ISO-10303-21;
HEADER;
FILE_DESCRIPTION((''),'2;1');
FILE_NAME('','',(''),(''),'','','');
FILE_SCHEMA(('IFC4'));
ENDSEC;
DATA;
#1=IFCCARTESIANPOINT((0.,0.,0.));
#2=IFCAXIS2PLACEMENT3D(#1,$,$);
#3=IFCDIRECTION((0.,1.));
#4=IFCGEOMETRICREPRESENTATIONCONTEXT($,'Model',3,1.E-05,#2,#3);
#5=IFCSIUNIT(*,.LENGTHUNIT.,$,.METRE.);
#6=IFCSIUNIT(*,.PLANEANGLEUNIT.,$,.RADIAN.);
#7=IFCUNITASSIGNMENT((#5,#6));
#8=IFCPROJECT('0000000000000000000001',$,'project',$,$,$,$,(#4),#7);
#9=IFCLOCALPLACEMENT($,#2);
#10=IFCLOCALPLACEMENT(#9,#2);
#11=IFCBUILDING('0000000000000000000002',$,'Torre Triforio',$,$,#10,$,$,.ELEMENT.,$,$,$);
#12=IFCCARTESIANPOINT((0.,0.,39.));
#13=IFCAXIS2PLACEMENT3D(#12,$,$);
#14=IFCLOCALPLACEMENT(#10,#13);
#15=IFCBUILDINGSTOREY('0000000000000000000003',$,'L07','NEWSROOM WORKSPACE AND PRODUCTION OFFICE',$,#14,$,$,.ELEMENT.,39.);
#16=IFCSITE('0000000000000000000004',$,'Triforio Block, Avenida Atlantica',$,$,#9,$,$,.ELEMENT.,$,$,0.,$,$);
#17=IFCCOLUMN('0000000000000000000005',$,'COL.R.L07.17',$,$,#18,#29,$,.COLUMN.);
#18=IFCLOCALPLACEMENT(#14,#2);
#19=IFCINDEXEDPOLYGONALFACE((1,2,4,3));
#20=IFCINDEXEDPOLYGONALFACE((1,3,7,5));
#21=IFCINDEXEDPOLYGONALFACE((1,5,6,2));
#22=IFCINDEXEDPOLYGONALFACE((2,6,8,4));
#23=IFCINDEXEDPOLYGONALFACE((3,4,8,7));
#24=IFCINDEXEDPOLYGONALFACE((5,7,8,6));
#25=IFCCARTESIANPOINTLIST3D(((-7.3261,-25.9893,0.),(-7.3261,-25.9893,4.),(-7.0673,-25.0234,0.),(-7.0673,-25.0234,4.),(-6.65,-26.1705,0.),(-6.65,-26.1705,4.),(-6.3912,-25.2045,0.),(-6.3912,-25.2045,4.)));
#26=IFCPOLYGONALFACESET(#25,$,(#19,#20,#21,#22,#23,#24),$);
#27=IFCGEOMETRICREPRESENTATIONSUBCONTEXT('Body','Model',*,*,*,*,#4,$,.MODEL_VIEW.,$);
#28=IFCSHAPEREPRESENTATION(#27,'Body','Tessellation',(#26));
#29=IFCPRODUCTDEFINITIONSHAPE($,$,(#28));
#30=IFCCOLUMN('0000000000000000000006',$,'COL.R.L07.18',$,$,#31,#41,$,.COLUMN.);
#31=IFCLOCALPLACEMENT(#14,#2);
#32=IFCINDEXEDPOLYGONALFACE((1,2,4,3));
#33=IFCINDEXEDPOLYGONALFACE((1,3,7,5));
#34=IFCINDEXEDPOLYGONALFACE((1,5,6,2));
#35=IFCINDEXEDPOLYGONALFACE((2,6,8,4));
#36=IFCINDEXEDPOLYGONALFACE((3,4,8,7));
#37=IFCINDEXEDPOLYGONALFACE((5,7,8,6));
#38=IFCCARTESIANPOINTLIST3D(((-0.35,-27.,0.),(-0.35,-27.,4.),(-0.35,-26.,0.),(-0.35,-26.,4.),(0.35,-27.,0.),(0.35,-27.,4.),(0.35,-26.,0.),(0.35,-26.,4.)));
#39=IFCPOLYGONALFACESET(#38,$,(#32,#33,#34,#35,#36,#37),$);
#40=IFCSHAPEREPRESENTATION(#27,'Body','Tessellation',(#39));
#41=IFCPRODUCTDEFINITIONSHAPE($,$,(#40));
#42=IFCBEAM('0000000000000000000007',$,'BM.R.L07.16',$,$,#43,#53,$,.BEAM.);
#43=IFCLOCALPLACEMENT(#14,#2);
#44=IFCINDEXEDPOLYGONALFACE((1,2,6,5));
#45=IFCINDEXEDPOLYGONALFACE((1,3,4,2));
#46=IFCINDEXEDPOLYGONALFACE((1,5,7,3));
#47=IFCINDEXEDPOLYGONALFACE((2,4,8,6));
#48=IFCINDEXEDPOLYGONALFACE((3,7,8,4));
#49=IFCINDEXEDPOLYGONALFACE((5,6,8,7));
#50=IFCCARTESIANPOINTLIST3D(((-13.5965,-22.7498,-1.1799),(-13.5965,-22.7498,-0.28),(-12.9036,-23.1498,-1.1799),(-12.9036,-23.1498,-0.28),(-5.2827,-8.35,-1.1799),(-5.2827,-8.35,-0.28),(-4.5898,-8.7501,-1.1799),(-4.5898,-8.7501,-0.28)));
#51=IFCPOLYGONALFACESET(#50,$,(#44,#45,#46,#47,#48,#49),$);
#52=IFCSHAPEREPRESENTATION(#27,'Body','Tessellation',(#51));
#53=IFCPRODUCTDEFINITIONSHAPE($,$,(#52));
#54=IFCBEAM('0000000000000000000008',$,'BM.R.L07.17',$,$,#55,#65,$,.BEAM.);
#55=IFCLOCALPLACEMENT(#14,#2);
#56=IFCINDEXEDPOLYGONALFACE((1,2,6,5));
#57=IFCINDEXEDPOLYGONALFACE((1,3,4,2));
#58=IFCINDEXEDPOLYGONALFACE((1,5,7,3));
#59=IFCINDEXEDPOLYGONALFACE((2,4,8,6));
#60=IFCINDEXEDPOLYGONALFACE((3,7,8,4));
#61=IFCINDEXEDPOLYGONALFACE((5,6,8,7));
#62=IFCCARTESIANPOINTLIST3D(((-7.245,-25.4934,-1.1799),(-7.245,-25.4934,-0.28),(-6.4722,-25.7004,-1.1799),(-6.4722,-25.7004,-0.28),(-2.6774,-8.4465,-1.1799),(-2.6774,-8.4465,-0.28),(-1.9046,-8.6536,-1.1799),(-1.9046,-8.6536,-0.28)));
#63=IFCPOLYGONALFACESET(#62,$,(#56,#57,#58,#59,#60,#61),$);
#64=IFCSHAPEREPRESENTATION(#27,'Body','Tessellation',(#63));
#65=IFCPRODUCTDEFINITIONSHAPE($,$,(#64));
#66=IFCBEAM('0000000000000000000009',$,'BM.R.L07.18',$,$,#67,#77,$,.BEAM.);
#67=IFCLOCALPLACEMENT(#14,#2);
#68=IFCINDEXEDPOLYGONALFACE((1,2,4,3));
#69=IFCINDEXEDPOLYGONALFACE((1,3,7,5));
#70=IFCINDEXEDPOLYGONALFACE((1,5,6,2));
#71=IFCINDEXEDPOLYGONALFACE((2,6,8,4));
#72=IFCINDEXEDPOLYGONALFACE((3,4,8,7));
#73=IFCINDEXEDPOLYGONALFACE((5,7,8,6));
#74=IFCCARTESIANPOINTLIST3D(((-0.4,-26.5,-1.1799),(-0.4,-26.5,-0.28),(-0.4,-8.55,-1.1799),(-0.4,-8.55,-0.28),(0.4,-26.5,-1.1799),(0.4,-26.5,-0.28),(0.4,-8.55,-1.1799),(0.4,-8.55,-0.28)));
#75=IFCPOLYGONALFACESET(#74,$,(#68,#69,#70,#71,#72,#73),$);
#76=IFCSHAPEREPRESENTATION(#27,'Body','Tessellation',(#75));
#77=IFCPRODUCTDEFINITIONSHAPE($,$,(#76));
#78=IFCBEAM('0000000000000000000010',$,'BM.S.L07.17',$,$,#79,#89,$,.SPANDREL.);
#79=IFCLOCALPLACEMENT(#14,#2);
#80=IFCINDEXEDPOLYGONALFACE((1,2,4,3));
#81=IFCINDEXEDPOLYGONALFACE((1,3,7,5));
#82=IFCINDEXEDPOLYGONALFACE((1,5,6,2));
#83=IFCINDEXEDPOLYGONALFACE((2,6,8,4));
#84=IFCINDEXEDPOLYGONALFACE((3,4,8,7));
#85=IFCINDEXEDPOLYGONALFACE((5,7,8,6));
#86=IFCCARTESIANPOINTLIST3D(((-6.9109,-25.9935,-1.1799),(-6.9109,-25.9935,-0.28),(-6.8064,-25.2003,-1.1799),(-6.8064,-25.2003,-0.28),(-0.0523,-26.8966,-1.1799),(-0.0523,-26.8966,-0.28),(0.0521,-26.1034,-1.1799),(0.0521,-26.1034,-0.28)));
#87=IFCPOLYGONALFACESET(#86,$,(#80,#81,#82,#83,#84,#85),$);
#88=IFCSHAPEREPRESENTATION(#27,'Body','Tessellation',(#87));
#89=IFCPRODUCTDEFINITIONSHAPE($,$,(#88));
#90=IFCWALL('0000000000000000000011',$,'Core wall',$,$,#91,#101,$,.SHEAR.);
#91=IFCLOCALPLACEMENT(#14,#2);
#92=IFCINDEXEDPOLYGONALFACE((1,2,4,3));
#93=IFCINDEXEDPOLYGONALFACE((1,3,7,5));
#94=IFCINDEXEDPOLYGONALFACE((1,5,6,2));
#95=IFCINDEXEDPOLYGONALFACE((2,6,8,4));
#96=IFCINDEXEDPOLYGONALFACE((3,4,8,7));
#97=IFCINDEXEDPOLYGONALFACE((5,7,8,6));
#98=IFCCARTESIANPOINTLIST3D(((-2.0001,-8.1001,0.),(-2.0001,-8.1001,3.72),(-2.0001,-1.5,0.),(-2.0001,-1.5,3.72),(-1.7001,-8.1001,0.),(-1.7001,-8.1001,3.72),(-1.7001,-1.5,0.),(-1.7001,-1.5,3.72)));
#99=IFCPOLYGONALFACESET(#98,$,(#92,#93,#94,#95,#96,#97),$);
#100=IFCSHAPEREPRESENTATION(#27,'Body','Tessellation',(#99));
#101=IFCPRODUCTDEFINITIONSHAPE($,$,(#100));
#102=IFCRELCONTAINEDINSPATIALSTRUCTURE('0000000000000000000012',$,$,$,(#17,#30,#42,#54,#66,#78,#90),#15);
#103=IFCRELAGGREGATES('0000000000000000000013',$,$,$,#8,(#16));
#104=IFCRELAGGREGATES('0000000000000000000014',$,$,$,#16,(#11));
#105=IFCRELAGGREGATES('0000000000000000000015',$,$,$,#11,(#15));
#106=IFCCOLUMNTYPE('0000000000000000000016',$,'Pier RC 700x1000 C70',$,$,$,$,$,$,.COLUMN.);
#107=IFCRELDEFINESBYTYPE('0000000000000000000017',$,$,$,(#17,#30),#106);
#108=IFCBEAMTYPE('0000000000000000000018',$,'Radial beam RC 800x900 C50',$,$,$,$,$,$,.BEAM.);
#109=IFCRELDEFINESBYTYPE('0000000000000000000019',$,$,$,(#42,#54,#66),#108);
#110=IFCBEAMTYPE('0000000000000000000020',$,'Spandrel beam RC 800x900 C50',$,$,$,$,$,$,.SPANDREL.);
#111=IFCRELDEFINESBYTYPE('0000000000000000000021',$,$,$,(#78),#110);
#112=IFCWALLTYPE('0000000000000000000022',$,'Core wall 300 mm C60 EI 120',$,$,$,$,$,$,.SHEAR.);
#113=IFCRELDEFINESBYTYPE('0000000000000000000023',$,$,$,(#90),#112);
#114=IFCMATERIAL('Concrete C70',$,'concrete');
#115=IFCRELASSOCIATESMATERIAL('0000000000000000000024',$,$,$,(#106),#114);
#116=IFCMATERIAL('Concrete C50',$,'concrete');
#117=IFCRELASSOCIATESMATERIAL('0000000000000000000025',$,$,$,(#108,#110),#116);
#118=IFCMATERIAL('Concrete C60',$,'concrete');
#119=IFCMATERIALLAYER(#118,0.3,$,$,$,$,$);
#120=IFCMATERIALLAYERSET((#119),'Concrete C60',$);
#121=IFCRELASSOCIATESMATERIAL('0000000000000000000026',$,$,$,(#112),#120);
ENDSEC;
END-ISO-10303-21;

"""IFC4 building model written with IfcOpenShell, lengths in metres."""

from ifc_helpers import new_model, si_unit, direction, frame, frame_2d, origin, origin_2d, place, context, subcontext, project, spatial, rectangle, extrude, material, layer, layer_set, material_profile, profile_set, type_object, element, save


model = new_model("IFC4")

# Units and contexts
model_context = context("Model", 3, precision=1e-05, world=origin(), true_north=direction((0.0, 1.0)))
body_context = subcontext(model_context, "Body", "Model", "MODEL_VIEW")
ifc_project = project(units=[si_unit("LENGTHUNIT", "METRE"), si_unit("PLANEANGLEUNIT", "RADIAN")], contexts=[model_context])

# Site, building, storey
site_placement = place(None, origin())
site = spatial("IfcSite", under=ifc_project, at=site_placement, Name="Triforio Block, Avenida Atlantica", CompositionType="ELEMENT", RefElevation=0.0)
building_placement = place(site_placement, origin())
building = spatial("IfcBuilding", under=site, at=building_placement, Name="Torre Triforio", CompositionType="ELEMENT")
storey_placement = place(building_placement, frame((0.0, 0.0, 39.0)))
storey = spatial("IfcBuildingStorey", under=building, at=storey_placement, Name="L07", Description="NEWSROOM WORKSPACE AND PRODUCTION OFFICE", CompositionType="ELEMENT", Elevation=39.0)

# Columns
ifc_material_1 = material(Name="Concrete C70", Category="concrete")
ifc_material_profile_1 = material_profile(ifc_material_1, rectangle(XDim=0.7, YDim=1.0, at=origin_2d()), Name="RC 700x1000")
ifc_profile_set_1 = profile_set([ifc_material_profile_1], Name="Concrete C70")
column_type = type_object("IfcColumnType", Name="Pier RC 700x1000 C70", PredefinedType="COLUMN", material=ifc_profile_set_1)
for number, where, z_axis, x_axis, name in (
    (1, (-6.8586, -25.5969, 0.0), (0.0, 0.0, 1.0), (0.965926, -0.258819, 0.0), "COL.R.L07.17"),
    (2, (0.0, -26.5, 0.0), (0.0, 0.0, 1.0), (1.0, 0.0, 0.0), "COL.R.L07.18"),
):
    element("IfcColumn", number, at=place(storey_placement, frame(where, z_axis=z_axis, x_axis=x_axis)), inside=storey, type_object=column_type, Name=name, PredefinedType="COLUMN", context=body_context, shape_type="SweptSolid", body=[
        extrude(rectangle(XDim=0.7, YDim=1.0, at=origin_2d()), origin(), (0.0, 0.0, 1.0), 4.0),
    ])

# Beams
ifc_material_2 = material(Name="Concrete C50", Category="concrete")
ifc_material_profile_2 = material_profile(ifc_material_2, rectangle(XDim=0.8, YDim=0.8999, at=origin_2d()), Name="RC 800x900")
ifc_profile_set_2 = profile_set([ifc_material_profile_2], Name="Concrete C50")
beam_type_1 = type_object("IfcBeamType", Name="Radial beam RC 800x900 C50", PredefinedType="BEAM", material=ifc_profile_set_2)
beam_1_placement = place(storey_placement, frame((-4.9363, -8.55, -0.73), z_axis=(-0.500003, -0.866023, 0.0), x_axis=(0.866023, -0.500003, 0.0)))
element("IfcBeam", 3, at=beam_1_placement, inside=storey, type_object=beam_type_1, Name="BM.R.L07.16", PredefinedType="BEAM", context=body_context, shape_type="SweptSolid", body=[
    extrude(rectangle(XDim=0.8, YDim=0.8999, at=origin_2d()), origin(), (0.0, 0.0, 1.0), 16.6274),
])
beam_2_placement = place(storey_placement, frame((-2.291, -8.55, -0.73), z_axis=(-0.258815, -0.965927, 0.0), x_axis=(0.965927, -0.258815, 0.0)))
element("IfcBeam", 4, at=beam_2_placement, inside=storey, type_object=beam_type_1, Name="BM.R.L07.17", PredefinedType="BEAM", context=body_context, shape_type="SweptSolid", body=[
    extrude(rectangle(XDim=0.8, YDim=0.8999, at=origin_2d()), origin(), (0.0, 0.0, 1.0), 17.6482),
])
beam_3_placement = place(storey_placement, frame((0.0, -8.55, -0.73), z_axis=(0.0, -1.0, 0.0), x_axis=(1.0, 0.0, 0.0)))
element("IfcBeam", 5, at=beam_3_placement, inside=storey, type_object=beam_type_1, Name="BM.R.L07.18", PredefinedType="BEAM", context=body_context, shape_type="SweptSolid", body=[
    extrude(rectangle(XDim=0.8, YDim=0.8999, at=origin_2d()), origin(), (0.0, 0.0, 1.0), 17.95),
])
ifc_material_profile_3 = material_profile(ifc_material_2, rectangle(XDim=0.8, YDim=0.8999, at=origin_2d()), Name="RC 800x900")
ifc_profile_set_3 = profile_set([ifc_material_profile_3], Name="Concrete C50")
beam_type_2 = type_object("IfcBeamType", Name="Spandrel beam RC 800x900 C50", PredefinedType="SPANDREL", material=ifc_profile_set_3)
beam_4_placement = place(storey_placement, frame((-6.8586, -25.5969, -0.73), z_axis=(0.991443, -0.130543, 0.0), x_axis=(0.130543, 0.991443, 0.0)))
element("IfcBeam", 6, at=beam_4_placement, inside=storey, type_object=beam_type_2, Name="BM.S.L07.17", PredefinedType="SPANDREL", context=body_context, shape_type="SweptSolid", body=[
    extrude(rectangle(XDim=0.8, YDim=0.8999, at=origin_2d()), origin(), (0.0, 0.0, 1.0), 6.9177),
])

# Wall
ifc_material_3 = material(Name="Concrete C60", Category="concrete")
ifc_layer_1 = layer(ifc_material_3, 0.3)
ifc_layer_set_1 = layer_set([ifc_layer_1], Name="Concrete C60")
wall_type_1 = type_object("IfcWallType", Name="Core wall 300 mm C60 EI 120", PredefinedType="SHEAR", material=ifc_layer_set_1)
wall_1_placement = place(storey_placement, frame((-1.8501, -8.1001, 0.0), z_axis=(0.0, 0.0, 1.0), x_axis=(0.0, 1.0, 0.0)))
element("IfcWall", 7, at=wall_1_placement, inside=storey, type_object=wall_type_1, Name="Core wall", PredefinedType="SHEAR", context=body_context, shape_type="SweptSolid", body=[
    extrude(rectangle(XDim=6.6001, YDim=0.3, at=frame_2d((3.3, 0.0))), origin(), (0.0, 0.0, 1.0), 3.72),
])

save(model, "model.ifc")
